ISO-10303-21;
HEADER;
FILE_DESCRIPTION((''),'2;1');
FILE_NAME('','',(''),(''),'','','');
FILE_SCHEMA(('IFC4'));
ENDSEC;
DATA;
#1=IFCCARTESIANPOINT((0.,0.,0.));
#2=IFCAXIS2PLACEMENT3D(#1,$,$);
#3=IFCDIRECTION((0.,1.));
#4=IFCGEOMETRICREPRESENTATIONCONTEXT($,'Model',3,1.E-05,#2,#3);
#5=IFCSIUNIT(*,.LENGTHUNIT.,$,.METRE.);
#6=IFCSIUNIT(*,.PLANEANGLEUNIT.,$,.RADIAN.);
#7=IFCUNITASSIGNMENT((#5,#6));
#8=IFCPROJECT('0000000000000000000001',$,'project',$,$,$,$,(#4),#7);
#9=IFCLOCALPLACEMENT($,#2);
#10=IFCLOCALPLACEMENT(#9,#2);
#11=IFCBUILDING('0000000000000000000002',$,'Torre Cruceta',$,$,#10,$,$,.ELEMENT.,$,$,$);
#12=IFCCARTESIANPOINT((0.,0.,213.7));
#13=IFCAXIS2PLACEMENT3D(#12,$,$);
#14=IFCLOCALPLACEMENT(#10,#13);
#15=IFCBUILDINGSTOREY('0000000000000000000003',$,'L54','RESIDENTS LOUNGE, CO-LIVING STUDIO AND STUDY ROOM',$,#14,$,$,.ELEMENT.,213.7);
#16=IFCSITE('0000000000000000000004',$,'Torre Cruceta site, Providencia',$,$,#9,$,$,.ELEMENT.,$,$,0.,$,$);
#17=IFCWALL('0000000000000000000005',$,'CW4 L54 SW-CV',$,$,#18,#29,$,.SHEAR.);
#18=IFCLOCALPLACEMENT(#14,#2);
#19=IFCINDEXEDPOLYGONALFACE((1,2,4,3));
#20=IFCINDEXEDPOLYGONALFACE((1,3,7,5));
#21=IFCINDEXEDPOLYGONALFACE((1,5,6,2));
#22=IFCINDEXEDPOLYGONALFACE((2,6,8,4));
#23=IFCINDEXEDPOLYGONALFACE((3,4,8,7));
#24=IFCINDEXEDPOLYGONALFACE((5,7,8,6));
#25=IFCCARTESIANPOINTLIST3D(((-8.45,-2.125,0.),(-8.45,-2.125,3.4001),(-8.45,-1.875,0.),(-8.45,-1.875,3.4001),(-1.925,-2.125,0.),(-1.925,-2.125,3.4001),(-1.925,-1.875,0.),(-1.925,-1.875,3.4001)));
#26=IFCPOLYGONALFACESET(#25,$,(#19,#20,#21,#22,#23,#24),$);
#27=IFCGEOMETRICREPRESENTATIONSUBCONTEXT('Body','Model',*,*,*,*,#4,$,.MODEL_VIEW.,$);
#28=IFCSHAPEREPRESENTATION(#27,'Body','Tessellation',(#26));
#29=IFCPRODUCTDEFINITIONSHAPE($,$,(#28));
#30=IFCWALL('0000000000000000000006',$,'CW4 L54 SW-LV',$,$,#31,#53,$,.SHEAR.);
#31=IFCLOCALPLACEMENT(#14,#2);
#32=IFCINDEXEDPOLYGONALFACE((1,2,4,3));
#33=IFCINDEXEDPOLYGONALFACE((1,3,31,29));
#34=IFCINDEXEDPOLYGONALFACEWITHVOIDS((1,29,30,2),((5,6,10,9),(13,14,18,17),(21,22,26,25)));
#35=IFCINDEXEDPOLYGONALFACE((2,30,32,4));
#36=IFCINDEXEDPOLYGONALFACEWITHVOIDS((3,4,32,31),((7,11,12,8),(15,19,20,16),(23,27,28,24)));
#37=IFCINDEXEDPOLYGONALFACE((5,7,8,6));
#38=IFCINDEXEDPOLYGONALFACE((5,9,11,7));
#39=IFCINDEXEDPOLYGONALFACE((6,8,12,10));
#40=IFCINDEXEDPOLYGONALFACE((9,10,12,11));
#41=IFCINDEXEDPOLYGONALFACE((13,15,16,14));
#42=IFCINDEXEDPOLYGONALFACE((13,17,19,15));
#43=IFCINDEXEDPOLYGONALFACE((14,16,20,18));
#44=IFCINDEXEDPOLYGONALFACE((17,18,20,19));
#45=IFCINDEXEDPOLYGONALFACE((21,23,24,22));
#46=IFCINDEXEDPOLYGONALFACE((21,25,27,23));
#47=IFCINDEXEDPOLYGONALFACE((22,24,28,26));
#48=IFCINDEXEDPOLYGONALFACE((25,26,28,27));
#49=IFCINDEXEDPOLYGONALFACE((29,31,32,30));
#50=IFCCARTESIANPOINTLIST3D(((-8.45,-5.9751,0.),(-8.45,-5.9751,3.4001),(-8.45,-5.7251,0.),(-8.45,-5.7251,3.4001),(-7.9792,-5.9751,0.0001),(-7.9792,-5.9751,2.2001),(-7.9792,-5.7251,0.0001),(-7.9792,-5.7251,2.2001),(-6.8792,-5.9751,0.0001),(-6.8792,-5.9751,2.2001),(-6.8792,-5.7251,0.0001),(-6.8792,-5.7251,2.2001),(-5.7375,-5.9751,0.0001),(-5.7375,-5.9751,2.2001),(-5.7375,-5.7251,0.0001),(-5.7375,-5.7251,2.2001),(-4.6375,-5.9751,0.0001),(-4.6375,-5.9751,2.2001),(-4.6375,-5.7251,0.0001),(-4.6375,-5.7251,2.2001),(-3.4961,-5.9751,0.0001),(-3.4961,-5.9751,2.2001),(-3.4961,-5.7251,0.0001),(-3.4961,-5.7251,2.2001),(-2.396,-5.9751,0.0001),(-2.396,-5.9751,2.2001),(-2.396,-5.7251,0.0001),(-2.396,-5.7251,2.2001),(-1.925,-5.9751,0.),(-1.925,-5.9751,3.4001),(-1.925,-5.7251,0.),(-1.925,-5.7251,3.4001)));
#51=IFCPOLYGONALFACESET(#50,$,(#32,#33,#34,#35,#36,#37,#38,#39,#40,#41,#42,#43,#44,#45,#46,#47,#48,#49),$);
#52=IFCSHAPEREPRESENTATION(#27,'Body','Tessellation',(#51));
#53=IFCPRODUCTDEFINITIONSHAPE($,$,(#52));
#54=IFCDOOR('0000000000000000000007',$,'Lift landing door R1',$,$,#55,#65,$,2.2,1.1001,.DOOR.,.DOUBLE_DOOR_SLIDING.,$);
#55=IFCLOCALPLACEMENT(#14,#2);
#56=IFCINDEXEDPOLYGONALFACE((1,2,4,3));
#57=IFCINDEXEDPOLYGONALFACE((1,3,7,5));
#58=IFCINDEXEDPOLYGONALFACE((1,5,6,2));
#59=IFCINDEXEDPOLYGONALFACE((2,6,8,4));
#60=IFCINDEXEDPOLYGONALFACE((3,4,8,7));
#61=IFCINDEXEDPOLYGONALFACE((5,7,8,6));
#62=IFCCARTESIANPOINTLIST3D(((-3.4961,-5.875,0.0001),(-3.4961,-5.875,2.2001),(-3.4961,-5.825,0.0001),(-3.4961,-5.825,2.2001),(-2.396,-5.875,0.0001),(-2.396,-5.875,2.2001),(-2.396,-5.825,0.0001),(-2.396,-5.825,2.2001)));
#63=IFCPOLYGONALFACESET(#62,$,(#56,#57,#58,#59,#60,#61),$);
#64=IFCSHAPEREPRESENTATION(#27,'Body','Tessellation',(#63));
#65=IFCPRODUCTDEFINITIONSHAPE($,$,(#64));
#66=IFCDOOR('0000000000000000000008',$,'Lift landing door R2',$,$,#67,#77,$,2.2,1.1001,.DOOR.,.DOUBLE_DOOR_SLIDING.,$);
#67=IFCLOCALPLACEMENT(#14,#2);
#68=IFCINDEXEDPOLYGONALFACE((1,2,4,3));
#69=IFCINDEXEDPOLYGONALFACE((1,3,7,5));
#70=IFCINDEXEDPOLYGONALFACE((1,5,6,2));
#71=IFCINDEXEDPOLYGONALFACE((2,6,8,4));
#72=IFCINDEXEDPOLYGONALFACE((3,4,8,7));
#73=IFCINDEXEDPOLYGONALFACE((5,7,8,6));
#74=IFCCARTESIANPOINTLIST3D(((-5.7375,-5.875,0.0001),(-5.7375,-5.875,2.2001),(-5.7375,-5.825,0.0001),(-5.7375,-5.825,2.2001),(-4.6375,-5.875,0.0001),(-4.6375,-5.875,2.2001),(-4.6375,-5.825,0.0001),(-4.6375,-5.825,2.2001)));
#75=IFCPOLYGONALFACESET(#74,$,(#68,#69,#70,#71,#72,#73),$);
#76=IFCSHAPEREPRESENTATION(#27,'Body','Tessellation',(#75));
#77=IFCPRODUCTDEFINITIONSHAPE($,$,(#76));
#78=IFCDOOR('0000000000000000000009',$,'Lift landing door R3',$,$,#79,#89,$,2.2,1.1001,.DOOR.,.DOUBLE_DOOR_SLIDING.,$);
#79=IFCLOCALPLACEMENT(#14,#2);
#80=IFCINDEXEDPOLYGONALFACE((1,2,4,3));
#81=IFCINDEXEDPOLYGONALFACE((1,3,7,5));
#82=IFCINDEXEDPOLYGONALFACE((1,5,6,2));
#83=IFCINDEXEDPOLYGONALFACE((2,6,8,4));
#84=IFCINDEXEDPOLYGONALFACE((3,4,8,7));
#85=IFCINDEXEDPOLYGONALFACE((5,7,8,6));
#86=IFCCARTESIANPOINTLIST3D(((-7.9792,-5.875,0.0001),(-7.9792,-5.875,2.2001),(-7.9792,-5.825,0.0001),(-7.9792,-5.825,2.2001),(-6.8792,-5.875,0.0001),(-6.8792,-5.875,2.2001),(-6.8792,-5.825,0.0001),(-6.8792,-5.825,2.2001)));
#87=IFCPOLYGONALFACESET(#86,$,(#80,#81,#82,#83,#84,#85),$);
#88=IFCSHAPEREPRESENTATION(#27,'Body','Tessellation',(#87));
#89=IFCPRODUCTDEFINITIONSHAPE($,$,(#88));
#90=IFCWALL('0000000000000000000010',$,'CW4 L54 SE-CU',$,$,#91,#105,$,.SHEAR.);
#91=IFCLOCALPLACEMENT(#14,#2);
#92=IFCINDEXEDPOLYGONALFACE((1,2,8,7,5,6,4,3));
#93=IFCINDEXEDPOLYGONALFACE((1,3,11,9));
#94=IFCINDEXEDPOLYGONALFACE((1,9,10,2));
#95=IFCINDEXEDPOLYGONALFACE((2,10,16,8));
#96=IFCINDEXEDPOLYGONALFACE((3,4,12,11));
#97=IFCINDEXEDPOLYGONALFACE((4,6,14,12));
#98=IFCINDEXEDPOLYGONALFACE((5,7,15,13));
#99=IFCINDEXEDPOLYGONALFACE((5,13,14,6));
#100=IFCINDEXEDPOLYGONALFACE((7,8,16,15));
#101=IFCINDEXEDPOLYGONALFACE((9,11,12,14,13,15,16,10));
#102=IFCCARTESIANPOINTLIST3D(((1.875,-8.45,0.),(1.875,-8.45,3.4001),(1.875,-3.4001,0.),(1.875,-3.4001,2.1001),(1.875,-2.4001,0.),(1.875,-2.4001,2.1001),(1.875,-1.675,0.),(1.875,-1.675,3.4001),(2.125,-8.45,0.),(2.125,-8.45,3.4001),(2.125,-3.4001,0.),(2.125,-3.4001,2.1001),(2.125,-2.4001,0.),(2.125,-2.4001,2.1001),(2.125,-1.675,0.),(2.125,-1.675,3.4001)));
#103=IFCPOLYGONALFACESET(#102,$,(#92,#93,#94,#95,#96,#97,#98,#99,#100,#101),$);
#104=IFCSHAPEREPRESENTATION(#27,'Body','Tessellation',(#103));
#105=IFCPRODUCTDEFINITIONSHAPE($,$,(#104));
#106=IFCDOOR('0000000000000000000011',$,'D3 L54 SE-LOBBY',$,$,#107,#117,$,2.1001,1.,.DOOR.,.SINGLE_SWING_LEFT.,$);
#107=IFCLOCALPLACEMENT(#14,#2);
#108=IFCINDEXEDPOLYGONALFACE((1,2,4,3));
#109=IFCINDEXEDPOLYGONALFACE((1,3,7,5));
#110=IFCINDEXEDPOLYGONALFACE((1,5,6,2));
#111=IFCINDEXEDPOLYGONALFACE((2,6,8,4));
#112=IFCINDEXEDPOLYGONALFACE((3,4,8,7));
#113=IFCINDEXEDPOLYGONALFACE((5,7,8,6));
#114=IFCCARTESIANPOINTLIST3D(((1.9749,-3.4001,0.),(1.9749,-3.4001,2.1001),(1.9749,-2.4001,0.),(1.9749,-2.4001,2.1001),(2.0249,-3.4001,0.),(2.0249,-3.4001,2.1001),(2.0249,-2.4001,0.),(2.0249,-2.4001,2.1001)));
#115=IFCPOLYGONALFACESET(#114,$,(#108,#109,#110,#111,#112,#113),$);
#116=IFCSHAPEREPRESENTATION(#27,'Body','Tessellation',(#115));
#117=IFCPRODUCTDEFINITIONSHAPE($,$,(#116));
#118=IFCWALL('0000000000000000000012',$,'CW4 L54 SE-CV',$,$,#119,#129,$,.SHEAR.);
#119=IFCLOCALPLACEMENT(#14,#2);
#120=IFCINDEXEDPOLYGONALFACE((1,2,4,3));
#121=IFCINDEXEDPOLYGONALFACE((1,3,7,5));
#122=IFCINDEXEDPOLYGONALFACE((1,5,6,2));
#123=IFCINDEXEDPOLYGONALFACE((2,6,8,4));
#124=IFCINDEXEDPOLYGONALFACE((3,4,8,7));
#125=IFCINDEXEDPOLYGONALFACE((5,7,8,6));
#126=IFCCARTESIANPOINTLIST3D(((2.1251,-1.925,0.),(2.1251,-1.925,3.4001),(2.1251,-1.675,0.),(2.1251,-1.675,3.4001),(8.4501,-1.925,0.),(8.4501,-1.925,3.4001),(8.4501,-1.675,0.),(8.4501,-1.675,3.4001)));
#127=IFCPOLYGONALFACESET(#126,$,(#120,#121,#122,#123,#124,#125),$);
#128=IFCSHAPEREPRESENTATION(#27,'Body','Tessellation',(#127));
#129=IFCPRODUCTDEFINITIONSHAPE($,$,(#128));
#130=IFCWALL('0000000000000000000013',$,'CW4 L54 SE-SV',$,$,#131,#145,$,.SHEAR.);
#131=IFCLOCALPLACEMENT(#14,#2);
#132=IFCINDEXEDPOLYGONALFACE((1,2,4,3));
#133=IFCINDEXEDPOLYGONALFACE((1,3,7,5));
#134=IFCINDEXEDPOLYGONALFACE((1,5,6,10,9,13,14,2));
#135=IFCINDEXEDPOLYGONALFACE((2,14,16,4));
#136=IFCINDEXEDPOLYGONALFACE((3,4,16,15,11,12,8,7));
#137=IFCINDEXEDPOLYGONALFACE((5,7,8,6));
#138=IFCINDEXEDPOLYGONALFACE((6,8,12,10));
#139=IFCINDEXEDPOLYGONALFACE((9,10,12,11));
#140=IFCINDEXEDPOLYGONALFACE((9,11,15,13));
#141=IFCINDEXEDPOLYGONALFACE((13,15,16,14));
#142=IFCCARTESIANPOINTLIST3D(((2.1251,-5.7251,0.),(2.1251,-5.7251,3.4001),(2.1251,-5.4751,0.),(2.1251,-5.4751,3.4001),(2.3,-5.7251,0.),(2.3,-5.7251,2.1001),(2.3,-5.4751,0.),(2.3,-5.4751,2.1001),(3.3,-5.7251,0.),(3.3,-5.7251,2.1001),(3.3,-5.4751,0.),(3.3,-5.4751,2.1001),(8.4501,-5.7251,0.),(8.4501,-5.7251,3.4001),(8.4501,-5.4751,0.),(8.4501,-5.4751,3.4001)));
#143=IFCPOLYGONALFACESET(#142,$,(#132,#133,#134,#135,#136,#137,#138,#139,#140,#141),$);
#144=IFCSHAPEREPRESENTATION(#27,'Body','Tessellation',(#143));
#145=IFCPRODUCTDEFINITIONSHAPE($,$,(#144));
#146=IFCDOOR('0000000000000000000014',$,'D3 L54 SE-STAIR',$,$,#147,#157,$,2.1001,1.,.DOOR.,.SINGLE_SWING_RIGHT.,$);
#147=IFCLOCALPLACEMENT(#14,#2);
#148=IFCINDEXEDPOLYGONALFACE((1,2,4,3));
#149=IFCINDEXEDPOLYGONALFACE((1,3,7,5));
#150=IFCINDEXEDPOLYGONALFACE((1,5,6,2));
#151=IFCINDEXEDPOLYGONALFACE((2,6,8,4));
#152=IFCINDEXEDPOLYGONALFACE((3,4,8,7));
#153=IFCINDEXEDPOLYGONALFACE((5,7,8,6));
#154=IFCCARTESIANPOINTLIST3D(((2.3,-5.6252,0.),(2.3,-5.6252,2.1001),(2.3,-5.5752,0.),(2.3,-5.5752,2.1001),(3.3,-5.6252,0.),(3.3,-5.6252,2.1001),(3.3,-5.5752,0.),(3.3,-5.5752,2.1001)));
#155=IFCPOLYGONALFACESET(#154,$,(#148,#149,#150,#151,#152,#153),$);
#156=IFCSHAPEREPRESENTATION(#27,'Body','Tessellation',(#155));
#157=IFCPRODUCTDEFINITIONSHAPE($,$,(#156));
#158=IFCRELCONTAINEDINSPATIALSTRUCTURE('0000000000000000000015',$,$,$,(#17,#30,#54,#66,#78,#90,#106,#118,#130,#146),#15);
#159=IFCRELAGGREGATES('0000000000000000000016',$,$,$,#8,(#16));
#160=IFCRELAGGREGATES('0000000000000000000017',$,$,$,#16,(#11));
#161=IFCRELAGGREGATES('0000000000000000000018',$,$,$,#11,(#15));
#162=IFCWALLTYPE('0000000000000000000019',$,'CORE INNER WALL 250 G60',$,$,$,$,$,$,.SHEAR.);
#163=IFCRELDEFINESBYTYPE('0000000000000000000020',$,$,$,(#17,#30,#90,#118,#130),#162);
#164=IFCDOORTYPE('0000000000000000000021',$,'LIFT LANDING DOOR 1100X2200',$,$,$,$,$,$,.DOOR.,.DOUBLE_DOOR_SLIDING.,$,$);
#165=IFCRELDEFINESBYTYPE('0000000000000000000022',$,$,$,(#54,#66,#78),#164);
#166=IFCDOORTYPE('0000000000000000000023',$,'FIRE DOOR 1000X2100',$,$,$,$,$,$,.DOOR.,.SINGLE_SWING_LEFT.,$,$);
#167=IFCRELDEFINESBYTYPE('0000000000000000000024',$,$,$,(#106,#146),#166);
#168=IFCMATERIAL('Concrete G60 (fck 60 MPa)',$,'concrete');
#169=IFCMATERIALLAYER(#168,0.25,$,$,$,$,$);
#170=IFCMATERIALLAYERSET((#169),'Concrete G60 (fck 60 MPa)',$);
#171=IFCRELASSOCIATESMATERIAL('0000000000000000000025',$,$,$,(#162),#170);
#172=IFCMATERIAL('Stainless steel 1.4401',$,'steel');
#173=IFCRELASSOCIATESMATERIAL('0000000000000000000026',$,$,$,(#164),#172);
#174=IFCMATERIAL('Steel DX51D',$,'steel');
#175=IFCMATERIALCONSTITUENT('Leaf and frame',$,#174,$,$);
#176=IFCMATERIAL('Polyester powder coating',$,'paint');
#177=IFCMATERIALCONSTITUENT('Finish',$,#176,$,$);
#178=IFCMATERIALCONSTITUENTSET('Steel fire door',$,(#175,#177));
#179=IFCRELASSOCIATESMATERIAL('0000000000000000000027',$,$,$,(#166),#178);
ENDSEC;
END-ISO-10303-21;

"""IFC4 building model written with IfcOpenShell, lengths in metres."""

from ifc_helpers import new_model, si_unit, direction, frame, frame_2d, origin, place, context, subcontext, project, spatial, rectangle, extrude, material, layer, layer_set, constituent, constituent_set, type_object, element, fill, save


model = new_model("IFC4")

# Units and contexts
model_context = context("Model", 3, precision=1e-05, world=origin(), true_north=direction((0.0, 1.0)))
body_context = subcontext(model_context, "Body", "Model", "MODEL_VIEW")
ifc_project = project(units=[si_unit("LENGTHUNIT", "METRE"), si_unit("PLANEANGLEUNIT", "RADIAN")], contexts=[model_context])

# Site, building, storey
site_placement = place(None, origin())
site = spatial("IfcSite", under=ifc_project, at=site_placement, Name="Torre Cruceta site, Providencia", CompositionType="ELEMENT", RefElevation=0.0)
building_placement = place(site_placement, origin())
building = spatial("IfcBuilding", under=site, at=building_placement, Name="Torre Cruceta", CompositionType="ELEMENT")
storey_placement = place(building_placement, frame((0.0, 0.0, 213.7)))
storey = spatial("IfcBuildingStorey", under=building, at=storey_placement, Name="L54", Description="RESIDENTS LOUNGE, CO-LIVING STUDIO AND STUDY ROOM", CompositionType="ELEMENT", Elevation=213.7)

# Shared definitions
ifc_material_1 = material(Name="Concrete G60 (fck 60 MPa)", Category="concrete")
ifc_layer_1 = layer(ifc_material_1, 0.25)
ifc_layer_set_1 = layer_set([ifc_layer_1], Name="Concrete G60 (fck 60 MPa)")
wall_type_1 = type_object("IfcWallType", Name="CORE INNER WALL 250 G60", PredefinedType="SHEAR", material=ifc_layer_set_1)

# Wall
wall_1_placement = place(storey_placement, frame((-1.925, -2.0, 0.0), z_axis=(0.0, 0.0, 1.0), x_axis=(-1.0, 0.0, 0.0)))
element("IfcWall", 1, at=wall_1_placement, inside=storey, type_object=wall_type_1, Name="CW4 L54 SW-CV", PredefinedType="SHEAR", context=body_context, shape_type="SweptSolid", body=[
    extrude(rectangle(XDim=6.5249, YDim=0.25, at=frame_2d((3.2625, 0.0))), origin(), (0.0, 0.0, 1.0), 3.4001),
])

# Wall, openings, doors
wall_2_placement = place(storey_placement, frame((-1.925, -5.8501, 0.0), z_axis=(0.0, 0.0, 1.0), x_axis=(-1.0, 0.0, 0.0)))
wall_2 = element("IfcWall", 2, at=wall_2_placement, inside=storey, type_object=wall_type_1, Name="CW4 L54 SW-LV", PredefinedType="SHEAR", context=body_context, shape_type="SweptSolid", body=[
    extrude(rectangle(XDim=6.5249, YDim=0.25, at=frame_2d((3.2625, 0.0))), origin(), (0.0, 0.0, 1.0), 3.4001),
])
opening_1_placement = place(wall_2_placement, frame((0.4709, 0.0, 0.0)))
opening_1 = element("IfcOpeningElement", 3, at=opening_1_placement, cuts=wall_2, PredefinedType="OPENING", context=body_context, shape_type="SweptSolid", body=[
    extrude(rectangle(XDim=1.1001, YDim=2.2, at=frame_2d((0.55, 1.1001))), frame((0.0, 0.135, 0.0), z_axis=(0.0, -1.0, 0.0), x_axis=(1.0, 0.0, 0.0)), (0.0, 0.0, 1.0), 0.27),
])
opening_2_placement = place(wall_2_placement, frame((2.7124, 0.0, 0.0)))
opening_2 = element("IfcOpeningElement", 4, at=opening_2_placement, cuts=wall_2, PredefinedType="OPENING", context=body_context, shape_type="SweptSolid", body=[
    extrude(rectangle(XDim=1.1001, YDim=2.2, at=frame_2d((0.55, 1.1001))), frame((0.0, 0.135, 0.0), z_axis=(0.0, -1.0, 0.0), x_axis=(1.0, 0.0, 0.0)), (0.0, 0.0, 1.0), 0.27),
])
opening_3_placement = place(wall_2_placement, frame((4.9541, 0.0, 0.0)))
opening_3 = element("IfcOpeningElement", 5, at=opening_3_placement, cuts=wall_2, PredefinedType="OPENING", context=body_context, shape_type="SweptSolid", body=[
    extrude(rectangle(XDim=1.1001, YDim=2.2, at=frame_2d((0.55, 1.1001))), frame((0.0, 0.135, 0.0), z_axis=(0.0, -1.0, 0.0), x_axis=(1.0, 0.0, 0.0)), (0.0, 0.0, 1.0), 0.27),
])
ifc_material_2 = material(Name="Stainless steel 1.4401", Category="steel")
door_type_1 = type_object("IfcDoorType", Name="LIFT LANDING DOOR 1100X2200", OperationType="DOUBLE_DOOR_SLIDING", PredefinedType="DOOR", material=ifc_material_2)
door_1_placement = place(opening_1_placement, origin())
door_1 = element("IfcDoor", 6, at=door_1_placement, inside=storey, type_object=door_type_1, Name="Lift landing door R1", OperationType="DOUBLE_DOOR_SLIDING", OverallHeight=2.2, OverallWidth=1.1001, PredefinedType="DOOR", context=body_context, shape_type="SweptSolid", body=[
    extrude(rectangle(XDim=1.1001, YDim=2.2, at=frame_2d((0.55, 1.1001))), frame((0.0, 0.0249, 0.0), z_axis=(0.0, -1.0, 0.0), x_axis=(1.0, 0.0, 0.0)), (0.0, 0.0, 1.0), 0.05),
])
fill(opening_1, door_1)
door_2_placement = place(opening_2_placement, origin())
door_2 = element("IfcDoor", 7, at=door_2_placement, inside=storey, type_object=door_type_1, Name="Lift landing door R2", OperationType="DOUBLE_DOOR_SLIDING", OverallHeight=2.2, OverallWidth=1.1001, PredefinedType="DOOR", context=body_context, shape_type="SweptSolid", body=[
    extrude(rectangle(XDim=1.1001, YDim=2.2, at=frame_2d((0.55, 1.1001))), frame((0.0, 0.0249, 0.0), z_axis=(0.0, -1.0, 0.0), x_axis=(1.0, 0.0, 0.0)), (0.0, 0.0, 1.0), 0.05),
])
fill(opening_2, door_2)
door_3_placement = place(opening_3_placement, origin())
door_3 = element("IfcDoor", 8, at=door_3_placement, inside=storey, type_object=door_type_1, Name="Lift landing door R3", OperationType="DOUBLE_DOOR_SLIDING", OverallHeight=2.2, OverallWidth=1.1001, PredefinedType="DOOR", context=body_context, shape_type="SweptSolid", body=[
    extrude(rectangle(XDim=1.1001, YDim=2.2, at=frame_2d((0.55, 1.1001))), frame((0.0, 0.0249, 0.0), z_axis=(0.0, -1.0, 0.0), x_axis=(1.0, 0.0, 0.0)), (0.0, 0.0, 1.0), 0.05),
])
fill(opening_3, door_3)

# Wall, opening, door
wall_3_placement = place(storey_placement, frame((2.0, -1.675, 0.0), z_axis=(0.0, 0.0, 1.0), x_axis=(0.0, -1.0, 0.0)))
wall_3 = element("IfcWall", 9, at=wall_3_placement, inside=storey, type_object=wall_type_1, Name="CW4 L54 SE-CU", PredefinedType="SHEAR", context=body_context, shape_type="SweptSolid", body=[
    extrude(rectangle(XDim=6.7749, YDim=0.25, at=frame_2d((3.3875, 0.0))), origin(), (0.0, 0.0, 1.0), 3.4001),
])
opening_4_placement = place(wall_3_placement, frame((0.7251, 0.0, 0.0)))
opening_4 = element("IfcOpeningElement", 10, at=opening_4_placement, cuts=wall_3, PredefinedType="OPENING", context=body_context, shape_type="SweptSolid", body=[
    extrude(rectangle(XDim=1.0, YDim=2.1001, at=frame_2d((0.5, 1.05))), frame((0.0, 0.135, 0.0), z_axis=(0.0, -1.0, 0.0), x_axis=(1.0, 0.0, 0.0)), (0.0, 0.0, 1.0), 0.27),
])
ifc_material_3 = material(Name="Steel DX51D", Category="steel")
ifc_constituent_1 = constituent(ifc_material_3, Name="Leaf and frame")
ifc_material_4 = material(Name="Polyester powder coating", Category="paint")
ifc_constituent_2 = constituent(ifc_material_4, Name="Finish")
ifc_constituent_set_1 = constituent_set(constituents=[ifc_constituent_1, ifc_constituent_2], Name="Steel fire door")
door_type_2 = type_object("IfcDoorType", Name="FIRE DOOR 1000X2100", OperationType="SINGLE_SWING_LEFT", PredefinedType="DOOR", material=ifc_constituent_set_1)
door_4_placement = place(opening_4_placement, origin())
door_4 = element("IfcDoor", 11, at=door_4_placement, inside=storey, type_object=door_type_2, Name="D3 L54 SE-LOBBY", OperationType="SINGLE_SWING_LEFT", OverallHeight=2.1001, OverallWidth=1.0, PredefinedType="DOOR", context=body_context, shape_type="SweptSolid", body=[
    extrude(rectangle(XDim=1.0, YDim=2.1001, at=frame_2d((0.5, 1.05))), frame((0.0, 0.0249, 0.0), z_axis=(0.0, -1.0, 0.0), x_axis=(1.0, 0.0, 0.0)), (0.0, 0.0, 1.0), 0.05),
])
fill(opening_4, door_4)

# Wall
wall_4_placement = place(storey_placement, frame((2.125, -1.8, 0.0), z_axis=(0.0, 0.0, 1.0), x_axis=(1.0, 0.0, 0.0)))
element("IfcWall", 12, at=wall_4_placement, inside=storey, type_object=wall_type_1, Name="CW4 L54 SE-CV", PredefinedType="SHEAR", context=body_context, shape_type="SweptSolid", body=[
    extrude(rectangle(XDim=6.325, YDim=0.25, at=frame_2d((3.1626, 0.0))), origin(), (0.0, 0.0, 1.0), 3.4001),
])

# Wall, opening, door
wall_5_placement = place(storey_placement, frame((2.125, -5.6001, 0.0), z_axis=(0.0, 0.0, 1.0), x_axis=(1.0, 0.0, 0.0)))
wall_5 = element("IfcWall", 13, at=wall_5_placement, inside=storey, type_object=wall_type_1, Name="CW4 L54 SE-SV", PredefinedType="SHEAR", context=body_context, shape_type="SweptSolid", body=[
    extrude(rectangle(XDim=6.325, YDim=0.25, at=frame_2d((3.1626, 0.0))), origin(), (0.0, 0.0, 1.0), 3.4001),
])
opening_5_placement = place(wall_5_placement, frame((0.175, 0.0, 0.0)))
opening_5 = element("IfcOpeningElement", 14, at=opening_5_placement, cuts=wall_5, PredefinedType="OPENING", context=body_context, shape_type="SweptSolid", body=[
    extrude(rectangle(XDim=1.0, YDim=2.1001, at=frame_2d((0.5, 1.05))), frame((0.0, 0.135, 0.0), z_axis=(0.0, -1.0, 0.0), x_axis=(1.0, 0.0, 0.0)), (0.0, 0.0, 1.0), 0.27),
])
door_5_placement = place(opening_5_placement, frame((1.0, 0.0, 0.0), z_axis=(0.0, 0.0, 1.0), x_axis=(-1.0, 0.0, 0.0)))
door_5 = element("IfcDoor", 15, at=door_5_placement, inside=storey, type_object=door_type_2, Name="D3 L54 SE-STAIR", OperationType="SINGLE_SWING_RIGHT", OverallHeight=2.1001, OverallWidth=1.0, PredefinedType="DOOR", context=body_context, shape_type="SweptSolid", body=[
    extrude(rectangle(XDim=1.0, YDim=2.1001, at=frame_2d((0.5, 1.05))), frame((0.0, 0.0251, 0.0), z_axis=(0.0, -1.0, 0.0), x_axis=(1.0, 0.0, 0.0)), (0.0, 0.0, 1.0), 0.05),
])
fill(opening_5, door_5)

save(model, "model.ifc")
